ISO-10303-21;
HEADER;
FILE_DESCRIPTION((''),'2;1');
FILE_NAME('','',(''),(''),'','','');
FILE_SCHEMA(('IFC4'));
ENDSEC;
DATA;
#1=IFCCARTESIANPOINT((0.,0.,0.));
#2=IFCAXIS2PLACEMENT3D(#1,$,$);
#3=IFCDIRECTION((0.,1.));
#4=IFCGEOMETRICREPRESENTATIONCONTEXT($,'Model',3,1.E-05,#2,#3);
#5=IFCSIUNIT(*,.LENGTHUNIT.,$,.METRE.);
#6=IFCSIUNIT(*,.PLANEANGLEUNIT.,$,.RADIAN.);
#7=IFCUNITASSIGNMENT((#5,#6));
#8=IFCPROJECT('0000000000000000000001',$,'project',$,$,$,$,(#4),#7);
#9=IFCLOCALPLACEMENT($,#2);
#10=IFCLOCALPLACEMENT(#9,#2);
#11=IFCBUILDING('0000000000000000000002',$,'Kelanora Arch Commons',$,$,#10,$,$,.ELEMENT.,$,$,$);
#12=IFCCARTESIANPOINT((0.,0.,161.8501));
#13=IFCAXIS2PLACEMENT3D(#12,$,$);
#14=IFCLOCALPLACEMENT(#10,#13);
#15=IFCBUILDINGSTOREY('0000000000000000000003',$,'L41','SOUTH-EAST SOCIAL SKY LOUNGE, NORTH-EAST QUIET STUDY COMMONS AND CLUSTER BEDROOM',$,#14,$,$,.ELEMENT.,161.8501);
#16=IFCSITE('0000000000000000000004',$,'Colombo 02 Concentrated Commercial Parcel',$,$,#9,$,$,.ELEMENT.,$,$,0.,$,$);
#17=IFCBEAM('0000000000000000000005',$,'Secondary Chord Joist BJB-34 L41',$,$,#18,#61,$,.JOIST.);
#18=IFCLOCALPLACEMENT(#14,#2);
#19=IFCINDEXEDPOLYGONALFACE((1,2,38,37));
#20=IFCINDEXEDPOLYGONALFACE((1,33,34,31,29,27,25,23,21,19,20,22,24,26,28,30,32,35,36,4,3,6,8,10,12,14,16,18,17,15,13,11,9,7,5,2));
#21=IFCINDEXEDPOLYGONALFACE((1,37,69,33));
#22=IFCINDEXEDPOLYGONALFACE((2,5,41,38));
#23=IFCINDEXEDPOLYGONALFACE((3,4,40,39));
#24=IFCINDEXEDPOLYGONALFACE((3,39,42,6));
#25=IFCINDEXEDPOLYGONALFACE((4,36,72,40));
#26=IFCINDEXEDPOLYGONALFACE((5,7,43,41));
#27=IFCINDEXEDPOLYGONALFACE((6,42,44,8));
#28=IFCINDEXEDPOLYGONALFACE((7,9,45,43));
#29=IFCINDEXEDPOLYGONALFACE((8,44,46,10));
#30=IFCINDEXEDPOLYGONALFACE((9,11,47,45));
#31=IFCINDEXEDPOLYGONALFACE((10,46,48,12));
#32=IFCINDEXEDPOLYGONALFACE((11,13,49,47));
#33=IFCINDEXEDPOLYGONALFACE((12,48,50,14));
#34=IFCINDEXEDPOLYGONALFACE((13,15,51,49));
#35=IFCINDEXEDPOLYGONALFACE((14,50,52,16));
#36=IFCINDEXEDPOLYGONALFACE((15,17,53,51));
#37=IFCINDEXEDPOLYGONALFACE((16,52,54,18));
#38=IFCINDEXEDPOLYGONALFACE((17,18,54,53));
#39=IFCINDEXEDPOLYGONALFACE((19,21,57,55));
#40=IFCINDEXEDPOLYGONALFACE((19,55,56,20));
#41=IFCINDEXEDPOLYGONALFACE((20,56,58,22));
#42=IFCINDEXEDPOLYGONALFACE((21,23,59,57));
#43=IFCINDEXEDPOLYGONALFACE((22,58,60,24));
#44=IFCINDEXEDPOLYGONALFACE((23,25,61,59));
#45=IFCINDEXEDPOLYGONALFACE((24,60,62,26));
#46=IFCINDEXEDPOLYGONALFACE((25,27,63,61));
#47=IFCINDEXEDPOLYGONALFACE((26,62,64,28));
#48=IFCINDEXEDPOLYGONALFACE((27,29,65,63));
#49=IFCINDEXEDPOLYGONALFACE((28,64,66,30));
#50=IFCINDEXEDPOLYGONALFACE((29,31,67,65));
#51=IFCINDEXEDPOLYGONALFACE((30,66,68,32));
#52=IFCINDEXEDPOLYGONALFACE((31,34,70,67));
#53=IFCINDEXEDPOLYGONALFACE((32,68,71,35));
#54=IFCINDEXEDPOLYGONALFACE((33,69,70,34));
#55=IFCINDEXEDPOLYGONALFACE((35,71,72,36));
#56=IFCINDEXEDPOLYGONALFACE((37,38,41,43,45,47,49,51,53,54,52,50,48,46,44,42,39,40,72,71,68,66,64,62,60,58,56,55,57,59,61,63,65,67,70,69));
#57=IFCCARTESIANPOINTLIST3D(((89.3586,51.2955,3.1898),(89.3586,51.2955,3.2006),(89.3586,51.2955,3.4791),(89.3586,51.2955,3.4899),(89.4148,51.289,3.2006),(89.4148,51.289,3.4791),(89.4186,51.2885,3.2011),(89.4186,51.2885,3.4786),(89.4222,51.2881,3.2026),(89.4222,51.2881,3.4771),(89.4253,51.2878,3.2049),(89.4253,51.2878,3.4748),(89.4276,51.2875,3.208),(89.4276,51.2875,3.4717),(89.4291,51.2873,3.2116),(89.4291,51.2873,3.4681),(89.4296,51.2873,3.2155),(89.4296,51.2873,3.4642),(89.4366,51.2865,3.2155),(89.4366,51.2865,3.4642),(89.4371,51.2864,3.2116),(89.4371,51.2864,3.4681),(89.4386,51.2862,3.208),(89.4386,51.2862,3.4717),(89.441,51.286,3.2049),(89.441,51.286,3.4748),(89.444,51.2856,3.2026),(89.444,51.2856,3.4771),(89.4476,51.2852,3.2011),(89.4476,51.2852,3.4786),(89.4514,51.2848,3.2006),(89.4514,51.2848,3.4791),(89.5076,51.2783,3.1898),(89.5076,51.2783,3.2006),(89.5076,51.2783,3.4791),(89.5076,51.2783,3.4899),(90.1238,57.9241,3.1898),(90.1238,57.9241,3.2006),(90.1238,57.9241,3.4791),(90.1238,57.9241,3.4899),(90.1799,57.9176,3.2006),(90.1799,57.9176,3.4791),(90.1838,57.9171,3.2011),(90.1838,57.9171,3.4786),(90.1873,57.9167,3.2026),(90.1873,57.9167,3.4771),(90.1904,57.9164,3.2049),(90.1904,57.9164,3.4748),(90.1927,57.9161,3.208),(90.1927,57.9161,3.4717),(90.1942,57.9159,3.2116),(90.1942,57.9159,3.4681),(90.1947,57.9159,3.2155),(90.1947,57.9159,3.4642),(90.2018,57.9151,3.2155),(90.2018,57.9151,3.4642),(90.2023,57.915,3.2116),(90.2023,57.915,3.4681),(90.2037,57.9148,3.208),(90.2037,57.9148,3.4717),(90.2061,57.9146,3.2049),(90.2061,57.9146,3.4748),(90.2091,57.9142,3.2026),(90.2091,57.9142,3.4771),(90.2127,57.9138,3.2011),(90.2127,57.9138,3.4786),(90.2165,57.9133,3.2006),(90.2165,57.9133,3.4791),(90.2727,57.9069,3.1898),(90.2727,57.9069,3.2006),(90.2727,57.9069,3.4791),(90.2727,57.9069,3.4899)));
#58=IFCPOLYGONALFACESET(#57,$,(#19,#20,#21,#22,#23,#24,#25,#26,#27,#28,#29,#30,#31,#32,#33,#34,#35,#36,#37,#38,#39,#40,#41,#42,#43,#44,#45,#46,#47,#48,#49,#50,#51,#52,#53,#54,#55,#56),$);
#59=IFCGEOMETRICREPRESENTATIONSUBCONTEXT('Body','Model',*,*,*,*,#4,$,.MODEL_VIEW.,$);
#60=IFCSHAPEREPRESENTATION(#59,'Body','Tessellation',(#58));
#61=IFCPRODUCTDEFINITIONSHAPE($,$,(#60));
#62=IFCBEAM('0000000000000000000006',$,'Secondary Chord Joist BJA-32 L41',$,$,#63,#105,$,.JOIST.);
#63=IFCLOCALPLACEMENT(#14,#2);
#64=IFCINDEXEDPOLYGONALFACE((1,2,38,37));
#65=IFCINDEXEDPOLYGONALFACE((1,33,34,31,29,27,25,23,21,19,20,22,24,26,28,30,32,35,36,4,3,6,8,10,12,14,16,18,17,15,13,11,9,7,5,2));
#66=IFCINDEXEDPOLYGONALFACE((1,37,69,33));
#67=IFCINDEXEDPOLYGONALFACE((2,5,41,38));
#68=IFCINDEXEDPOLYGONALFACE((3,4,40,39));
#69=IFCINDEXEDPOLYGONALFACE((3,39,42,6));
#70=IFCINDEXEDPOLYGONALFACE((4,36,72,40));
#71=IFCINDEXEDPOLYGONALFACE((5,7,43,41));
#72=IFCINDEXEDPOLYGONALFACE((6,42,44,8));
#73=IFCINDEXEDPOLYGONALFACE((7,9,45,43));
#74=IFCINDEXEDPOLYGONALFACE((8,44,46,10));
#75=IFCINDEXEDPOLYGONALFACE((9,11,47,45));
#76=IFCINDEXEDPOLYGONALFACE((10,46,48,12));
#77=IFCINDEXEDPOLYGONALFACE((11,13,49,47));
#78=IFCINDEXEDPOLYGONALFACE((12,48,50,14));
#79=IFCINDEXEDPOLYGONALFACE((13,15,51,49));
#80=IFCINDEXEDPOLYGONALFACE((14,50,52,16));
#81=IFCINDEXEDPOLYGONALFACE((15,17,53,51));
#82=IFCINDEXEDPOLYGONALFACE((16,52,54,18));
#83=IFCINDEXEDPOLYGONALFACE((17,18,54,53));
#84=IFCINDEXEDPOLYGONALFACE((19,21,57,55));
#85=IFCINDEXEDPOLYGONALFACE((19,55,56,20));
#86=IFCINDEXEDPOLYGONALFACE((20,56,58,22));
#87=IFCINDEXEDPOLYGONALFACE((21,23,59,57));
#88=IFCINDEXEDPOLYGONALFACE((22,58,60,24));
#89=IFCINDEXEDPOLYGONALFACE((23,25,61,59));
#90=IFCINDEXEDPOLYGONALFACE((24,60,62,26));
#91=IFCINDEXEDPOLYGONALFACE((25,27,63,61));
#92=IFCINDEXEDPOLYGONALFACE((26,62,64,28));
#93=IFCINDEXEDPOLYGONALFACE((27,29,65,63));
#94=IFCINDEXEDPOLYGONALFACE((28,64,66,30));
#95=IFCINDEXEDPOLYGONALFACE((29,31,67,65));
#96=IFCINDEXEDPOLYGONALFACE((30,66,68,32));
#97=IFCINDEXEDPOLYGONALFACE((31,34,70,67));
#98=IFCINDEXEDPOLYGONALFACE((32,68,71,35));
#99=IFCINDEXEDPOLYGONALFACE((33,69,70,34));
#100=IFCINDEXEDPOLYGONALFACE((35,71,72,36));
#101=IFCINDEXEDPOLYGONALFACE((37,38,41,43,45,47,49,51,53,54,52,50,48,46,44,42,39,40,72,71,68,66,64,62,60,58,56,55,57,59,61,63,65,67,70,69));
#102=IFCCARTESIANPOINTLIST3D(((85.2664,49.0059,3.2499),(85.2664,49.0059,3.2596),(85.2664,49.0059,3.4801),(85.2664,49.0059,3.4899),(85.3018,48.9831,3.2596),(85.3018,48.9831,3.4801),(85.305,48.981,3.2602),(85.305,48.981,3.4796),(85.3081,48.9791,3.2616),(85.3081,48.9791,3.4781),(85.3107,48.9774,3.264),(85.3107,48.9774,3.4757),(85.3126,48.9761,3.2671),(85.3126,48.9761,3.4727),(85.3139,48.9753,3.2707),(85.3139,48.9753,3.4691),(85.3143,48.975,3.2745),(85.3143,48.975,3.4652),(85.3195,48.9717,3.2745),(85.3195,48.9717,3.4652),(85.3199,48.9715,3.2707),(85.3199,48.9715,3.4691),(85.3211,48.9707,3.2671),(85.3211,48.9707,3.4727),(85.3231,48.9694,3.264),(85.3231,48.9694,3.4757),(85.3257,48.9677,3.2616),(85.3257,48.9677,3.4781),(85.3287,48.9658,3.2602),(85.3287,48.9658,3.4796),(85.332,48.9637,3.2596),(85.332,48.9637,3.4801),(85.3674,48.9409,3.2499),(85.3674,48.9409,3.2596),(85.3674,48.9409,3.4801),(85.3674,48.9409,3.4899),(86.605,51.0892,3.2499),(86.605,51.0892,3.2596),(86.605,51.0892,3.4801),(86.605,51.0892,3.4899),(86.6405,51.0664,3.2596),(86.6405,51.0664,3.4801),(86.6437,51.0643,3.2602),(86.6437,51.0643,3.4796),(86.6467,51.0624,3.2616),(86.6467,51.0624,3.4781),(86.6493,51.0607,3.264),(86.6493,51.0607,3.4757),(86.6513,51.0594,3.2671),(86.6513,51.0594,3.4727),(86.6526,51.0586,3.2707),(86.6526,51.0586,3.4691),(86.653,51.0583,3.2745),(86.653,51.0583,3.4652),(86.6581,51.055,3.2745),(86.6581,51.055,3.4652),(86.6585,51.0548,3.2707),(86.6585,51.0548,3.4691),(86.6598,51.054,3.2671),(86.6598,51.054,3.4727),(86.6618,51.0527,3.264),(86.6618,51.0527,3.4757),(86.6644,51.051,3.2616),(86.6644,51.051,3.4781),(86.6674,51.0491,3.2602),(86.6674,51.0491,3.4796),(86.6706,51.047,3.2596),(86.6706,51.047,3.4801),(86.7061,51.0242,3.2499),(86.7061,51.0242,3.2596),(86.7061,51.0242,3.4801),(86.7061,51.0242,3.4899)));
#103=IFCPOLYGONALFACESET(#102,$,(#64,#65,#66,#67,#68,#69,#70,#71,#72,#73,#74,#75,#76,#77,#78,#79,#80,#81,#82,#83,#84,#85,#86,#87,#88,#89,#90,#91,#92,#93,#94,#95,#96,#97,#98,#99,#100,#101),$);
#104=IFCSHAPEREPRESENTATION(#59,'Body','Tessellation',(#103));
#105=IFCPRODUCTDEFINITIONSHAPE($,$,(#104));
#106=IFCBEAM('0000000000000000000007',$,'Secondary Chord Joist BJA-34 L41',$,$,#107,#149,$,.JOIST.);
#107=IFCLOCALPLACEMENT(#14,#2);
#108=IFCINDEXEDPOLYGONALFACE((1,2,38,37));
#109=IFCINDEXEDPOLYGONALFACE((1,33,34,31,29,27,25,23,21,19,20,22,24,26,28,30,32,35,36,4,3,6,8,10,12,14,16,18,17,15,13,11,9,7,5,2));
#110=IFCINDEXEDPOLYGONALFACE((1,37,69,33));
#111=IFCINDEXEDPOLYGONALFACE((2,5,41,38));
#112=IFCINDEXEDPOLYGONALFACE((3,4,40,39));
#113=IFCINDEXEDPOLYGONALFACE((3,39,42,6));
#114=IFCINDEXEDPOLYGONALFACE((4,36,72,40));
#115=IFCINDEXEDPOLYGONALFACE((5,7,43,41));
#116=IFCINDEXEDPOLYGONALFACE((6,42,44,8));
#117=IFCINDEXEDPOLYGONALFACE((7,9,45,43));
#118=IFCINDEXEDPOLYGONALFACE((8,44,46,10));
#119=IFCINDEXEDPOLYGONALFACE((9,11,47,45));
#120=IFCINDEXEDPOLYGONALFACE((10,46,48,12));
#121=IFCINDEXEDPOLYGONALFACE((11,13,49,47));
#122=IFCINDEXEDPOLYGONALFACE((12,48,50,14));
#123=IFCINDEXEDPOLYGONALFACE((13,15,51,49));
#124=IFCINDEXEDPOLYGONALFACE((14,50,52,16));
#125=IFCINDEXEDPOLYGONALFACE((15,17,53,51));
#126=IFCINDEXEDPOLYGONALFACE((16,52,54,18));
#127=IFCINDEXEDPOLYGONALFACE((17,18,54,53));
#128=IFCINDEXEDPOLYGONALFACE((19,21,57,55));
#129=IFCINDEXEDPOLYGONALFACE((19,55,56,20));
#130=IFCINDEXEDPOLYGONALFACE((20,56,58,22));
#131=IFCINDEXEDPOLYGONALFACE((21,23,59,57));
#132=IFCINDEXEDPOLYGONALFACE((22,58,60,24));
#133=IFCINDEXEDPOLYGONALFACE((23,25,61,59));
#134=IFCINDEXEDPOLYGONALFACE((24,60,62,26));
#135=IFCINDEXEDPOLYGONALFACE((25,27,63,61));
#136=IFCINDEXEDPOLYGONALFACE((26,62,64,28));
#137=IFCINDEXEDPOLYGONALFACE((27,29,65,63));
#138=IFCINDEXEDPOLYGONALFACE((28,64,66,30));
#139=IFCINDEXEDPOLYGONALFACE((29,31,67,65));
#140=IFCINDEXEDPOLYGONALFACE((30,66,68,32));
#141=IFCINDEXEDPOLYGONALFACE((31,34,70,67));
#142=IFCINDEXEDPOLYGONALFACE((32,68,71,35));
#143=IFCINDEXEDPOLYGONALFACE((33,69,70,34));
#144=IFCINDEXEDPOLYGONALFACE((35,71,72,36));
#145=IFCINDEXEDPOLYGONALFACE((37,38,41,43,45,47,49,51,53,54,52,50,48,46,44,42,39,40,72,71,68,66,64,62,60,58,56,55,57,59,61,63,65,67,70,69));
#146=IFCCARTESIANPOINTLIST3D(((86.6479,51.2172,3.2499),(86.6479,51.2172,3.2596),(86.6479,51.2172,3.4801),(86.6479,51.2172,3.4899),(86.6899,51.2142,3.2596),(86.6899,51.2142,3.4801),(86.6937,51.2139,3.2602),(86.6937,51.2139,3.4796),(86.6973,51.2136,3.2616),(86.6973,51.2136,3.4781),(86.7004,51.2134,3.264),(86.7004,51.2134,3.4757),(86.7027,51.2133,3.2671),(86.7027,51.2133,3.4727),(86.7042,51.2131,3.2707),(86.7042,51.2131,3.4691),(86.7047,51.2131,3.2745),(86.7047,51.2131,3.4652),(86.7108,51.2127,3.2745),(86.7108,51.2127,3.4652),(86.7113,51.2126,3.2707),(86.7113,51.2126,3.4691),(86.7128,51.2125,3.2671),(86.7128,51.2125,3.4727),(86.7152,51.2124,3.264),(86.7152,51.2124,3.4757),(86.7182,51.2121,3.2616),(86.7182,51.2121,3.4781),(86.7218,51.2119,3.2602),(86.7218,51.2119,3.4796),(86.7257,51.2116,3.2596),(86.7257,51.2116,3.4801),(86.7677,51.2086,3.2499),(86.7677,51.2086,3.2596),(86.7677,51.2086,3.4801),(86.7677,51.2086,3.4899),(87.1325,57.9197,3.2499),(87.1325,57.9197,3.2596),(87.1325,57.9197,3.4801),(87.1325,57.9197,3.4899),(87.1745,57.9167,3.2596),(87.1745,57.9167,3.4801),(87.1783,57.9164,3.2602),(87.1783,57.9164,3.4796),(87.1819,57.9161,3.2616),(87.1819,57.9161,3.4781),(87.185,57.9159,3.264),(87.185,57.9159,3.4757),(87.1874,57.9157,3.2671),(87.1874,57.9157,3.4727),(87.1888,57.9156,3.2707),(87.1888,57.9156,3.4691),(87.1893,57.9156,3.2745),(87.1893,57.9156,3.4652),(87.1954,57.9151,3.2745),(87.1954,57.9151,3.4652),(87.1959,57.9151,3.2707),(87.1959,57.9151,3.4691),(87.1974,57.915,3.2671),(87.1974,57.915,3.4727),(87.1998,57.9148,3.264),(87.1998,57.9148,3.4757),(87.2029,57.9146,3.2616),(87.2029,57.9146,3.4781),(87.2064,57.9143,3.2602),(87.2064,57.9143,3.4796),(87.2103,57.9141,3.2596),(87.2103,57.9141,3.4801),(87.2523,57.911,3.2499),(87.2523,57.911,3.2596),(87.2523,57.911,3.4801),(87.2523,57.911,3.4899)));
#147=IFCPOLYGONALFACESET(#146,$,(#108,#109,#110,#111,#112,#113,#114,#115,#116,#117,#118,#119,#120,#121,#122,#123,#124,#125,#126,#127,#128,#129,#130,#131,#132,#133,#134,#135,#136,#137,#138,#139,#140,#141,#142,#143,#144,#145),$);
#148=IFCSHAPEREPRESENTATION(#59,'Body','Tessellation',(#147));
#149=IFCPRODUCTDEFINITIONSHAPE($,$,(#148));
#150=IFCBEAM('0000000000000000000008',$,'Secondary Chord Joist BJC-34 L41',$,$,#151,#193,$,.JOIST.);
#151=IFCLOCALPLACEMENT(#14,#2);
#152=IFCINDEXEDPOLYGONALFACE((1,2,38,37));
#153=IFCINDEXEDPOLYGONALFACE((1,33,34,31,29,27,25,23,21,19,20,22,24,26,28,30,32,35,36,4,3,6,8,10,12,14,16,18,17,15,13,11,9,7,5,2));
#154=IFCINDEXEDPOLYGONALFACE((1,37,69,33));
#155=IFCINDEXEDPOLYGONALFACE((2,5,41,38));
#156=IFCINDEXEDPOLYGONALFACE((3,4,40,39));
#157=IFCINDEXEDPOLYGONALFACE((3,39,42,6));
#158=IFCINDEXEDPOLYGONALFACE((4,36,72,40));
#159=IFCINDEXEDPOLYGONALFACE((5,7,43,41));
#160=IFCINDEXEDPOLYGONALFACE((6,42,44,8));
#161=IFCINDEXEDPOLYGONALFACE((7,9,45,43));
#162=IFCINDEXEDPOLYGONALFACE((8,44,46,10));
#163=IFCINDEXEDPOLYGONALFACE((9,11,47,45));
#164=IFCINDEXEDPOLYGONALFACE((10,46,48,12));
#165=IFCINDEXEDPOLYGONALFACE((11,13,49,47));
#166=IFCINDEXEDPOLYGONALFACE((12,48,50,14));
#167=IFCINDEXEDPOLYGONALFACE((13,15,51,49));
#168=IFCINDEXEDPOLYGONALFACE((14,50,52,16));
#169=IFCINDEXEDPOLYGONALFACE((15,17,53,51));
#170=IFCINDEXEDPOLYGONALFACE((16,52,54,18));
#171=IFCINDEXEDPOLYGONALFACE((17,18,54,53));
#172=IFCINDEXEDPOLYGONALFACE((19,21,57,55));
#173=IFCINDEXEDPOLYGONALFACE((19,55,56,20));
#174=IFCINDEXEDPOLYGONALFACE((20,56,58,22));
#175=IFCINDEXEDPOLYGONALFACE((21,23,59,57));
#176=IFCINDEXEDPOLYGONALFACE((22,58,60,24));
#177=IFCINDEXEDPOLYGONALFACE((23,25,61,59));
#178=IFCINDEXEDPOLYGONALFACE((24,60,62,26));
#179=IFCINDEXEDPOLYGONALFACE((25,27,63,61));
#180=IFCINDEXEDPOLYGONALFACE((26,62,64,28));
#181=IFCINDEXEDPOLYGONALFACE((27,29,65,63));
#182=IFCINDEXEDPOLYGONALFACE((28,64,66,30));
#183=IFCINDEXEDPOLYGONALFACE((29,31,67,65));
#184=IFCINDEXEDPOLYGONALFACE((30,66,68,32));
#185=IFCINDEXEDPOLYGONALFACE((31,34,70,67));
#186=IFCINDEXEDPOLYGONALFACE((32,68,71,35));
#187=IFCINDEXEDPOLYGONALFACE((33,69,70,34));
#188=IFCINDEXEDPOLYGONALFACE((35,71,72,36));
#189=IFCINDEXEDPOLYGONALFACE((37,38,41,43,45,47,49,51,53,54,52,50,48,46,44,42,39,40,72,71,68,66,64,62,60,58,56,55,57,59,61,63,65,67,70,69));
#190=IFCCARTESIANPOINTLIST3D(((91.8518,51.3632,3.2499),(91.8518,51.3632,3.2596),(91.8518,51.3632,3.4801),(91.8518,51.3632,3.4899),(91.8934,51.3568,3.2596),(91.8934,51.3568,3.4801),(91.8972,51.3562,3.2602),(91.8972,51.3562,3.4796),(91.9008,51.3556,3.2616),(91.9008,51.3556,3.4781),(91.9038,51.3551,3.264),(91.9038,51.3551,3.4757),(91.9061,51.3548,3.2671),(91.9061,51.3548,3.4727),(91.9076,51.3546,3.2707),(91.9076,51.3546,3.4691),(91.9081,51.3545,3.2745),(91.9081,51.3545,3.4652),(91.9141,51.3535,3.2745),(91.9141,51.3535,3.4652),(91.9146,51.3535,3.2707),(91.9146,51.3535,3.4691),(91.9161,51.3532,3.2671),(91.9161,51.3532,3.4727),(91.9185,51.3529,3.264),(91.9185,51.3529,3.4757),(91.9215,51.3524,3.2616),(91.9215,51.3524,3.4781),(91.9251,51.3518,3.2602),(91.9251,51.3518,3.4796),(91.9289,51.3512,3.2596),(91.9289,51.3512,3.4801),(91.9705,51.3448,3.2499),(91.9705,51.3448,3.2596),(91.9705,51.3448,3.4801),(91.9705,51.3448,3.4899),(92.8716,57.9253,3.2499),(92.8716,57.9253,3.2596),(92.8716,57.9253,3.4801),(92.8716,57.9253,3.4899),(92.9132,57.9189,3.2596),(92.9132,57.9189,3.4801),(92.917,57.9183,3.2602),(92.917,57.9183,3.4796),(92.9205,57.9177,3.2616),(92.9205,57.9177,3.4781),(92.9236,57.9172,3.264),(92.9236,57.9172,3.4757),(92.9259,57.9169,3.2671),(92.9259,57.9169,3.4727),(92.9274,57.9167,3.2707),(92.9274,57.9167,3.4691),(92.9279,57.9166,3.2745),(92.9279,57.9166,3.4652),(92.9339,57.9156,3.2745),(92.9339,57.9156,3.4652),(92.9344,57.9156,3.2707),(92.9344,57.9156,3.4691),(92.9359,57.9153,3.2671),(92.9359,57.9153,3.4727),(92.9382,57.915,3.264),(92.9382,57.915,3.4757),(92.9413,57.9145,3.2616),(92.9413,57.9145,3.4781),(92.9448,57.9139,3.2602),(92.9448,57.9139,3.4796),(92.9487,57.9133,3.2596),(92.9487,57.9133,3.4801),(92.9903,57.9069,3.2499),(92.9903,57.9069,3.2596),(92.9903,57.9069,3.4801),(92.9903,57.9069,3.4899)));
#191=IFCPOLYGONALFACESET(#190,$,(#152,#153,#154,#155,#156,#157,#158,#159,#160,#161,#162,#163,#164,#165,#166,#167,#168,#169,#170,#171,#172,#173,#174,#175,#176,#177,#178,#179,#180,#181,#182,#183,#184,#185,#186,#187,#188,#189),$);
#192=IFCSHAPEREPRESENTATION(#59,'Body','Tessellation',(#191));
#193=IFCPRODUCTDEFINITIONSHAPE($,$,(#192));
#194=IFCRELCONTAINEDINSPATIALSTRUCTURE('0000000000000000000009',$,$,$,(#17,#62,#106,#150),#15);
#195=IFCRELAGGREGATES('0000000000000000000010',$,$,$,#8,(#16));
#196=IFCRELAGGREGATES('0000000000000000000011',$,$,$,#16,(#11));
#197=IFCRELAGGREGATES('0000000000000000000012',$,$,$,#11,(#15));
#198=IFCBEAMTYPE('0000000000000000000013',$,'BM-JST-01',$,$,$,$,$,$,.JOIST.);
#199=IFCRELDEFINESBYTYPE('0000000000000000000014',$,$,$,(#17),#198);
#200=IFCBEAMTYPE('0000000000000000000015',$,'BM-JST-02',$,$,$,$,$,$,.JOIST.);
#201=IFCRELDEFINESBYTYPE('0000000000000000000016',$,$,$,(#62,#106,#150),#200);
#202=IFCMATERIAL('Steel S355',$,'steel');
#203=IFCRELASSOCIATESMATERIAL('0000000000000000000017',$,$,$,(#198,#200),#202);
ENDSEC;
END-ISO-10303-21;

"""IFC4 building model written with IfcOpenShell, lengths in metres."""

from ifc_helpers import new_model, si_unit, direction, frame, origin, origin_2d, place, context, subcontext, project, spatial, i_section, extrude, material, material_profile, profile_set, type_object, element, save


model = new_model("IFC4")

# Units and contexts
model_context = context("Model", 3, precision=1e-05, world=origin(), true_north=direction((0.0, 1.0)))
body_context = subcontext(model_context, "Body", "Model", "MODEL_VIEW")
ifc_project = project(units=[si_unit("LENGTHUNIT", "METRE"), si_unit("PLANEANGLEUNIT", "RADIAN")], contexts=[model_context])

# Site, building, storey
site_placement = place(None, origin())
site = spatial("IfcSite", under=ifc_project, at=site_placement, Name="Colombo 02 Concentrated Commercial Parcel", CompositionType="ELEMENT", RefElevation=0.0)
building_placement = place(site_placement, origin())
building = spatial("IfcBuilding", under=site, at=building_placement, Name="Kelanora Arch Commons", CompositionType="ELEMENT")
storey_placement = place(building_placement, frame((0.0, 0.0, 161.8501)))
storey = spatial("IfcBuildingStorey", under=building, at=storey_placement, Name="L41", Description="SOUTH-EAST SOCIAL SKY LOUNGE, NORTH-EAST QUIET STUDY COMMONS AND CLUSTER BEDROOM", CompositionType="ELEMENT", Elevation=161.8501)

# Beams
ifc_material_1 = material(Name="Steel S355", Category="steel")
ifc_material_profile_1 = material_profile(ifc_material_1, i_section(OverallWidth=0.1499, OverallDepth=0.3, WebThickness=0.0071, FlangeThickness=0.0107, FilletRadius=0.0149, at=origin_2d()), Name="IPE300")
ifc_profile_set_1 = profile_set([ifc_material_profile_1], Name="Steel S355")
beam_type_1 = type_object("IfcBeamType", Name="BM-JST-01", PredefinedType="JOIST", material=ifc_profile_set_1)
beam_1_placement = place(storey_placement, frame((89.4331, 51.2869, 3.3398), z_axis=(0.114667, 0.993404, 0.0), x_axis=(-0.993404, 0.114667, 0.0)))
element("IfcBeam", 1, at=beam_1_placement, inside=storey, type_object=beam_type_1, Name="Secondary Chord Joist BJB-34 L41", PredefinedType="JOIST", context=body_context, shape_type="SweptSolid", body=[
    extrude(i_section(OverallWidth=0.1499, OverallDepth=0.3, WebThickness=0.0071, FlangeThickness=0.0107, FilletRadius=0.0149, at=origin_2d()), origin(), (0.0, 0.0, 1.0), 6.6726),
])
ifc_material_profile_2 = material_profile(ifc_material_1, i_section(OverallWidth=0.1201, OverallDepth=0.24, WebThickness=0.0061, FlangeThickness=0.0098, FilletRadius=0.0149, at=origin_2d()), Name="IPE240")
ifc_profile_set_2 = profile_set([ifc_material_profile_2], Name="Steel S355")
beam_type_2 = type_object("IfcBeamType", Name="BM-JST-02", PredefinedType="JOIST", material=ifc_profile_set_2)
beam_2_placement = place(storey_placement, frame((85.3169, 48.9734, 3.3699), z_axis=(0.540583, 0.841291, 0.0), x_axis=(-0.841291, 0.540583, 0.0)))
element("IfcBeam", 2, at=beam_2_placement, inside=storey, type_object=beam_type_2, Name="Secondary Chord Joist BJA-32 L41", PredefinedType="JOIST", context=body_context, shape_type="SweptSolid", body=[
    extrude(i_section(OverallWidth=0.1201, OverallDepth=0.24, WebThickness=0.0061, FlangeThickness=0.0098, FilletRadius=0.0149, at=origin_2d()), origin(), (0.0, 0.0, 1.0), 2.4763),
])
beam_3_placement = place(storey_placement, frame((86.7078, 51.2129, 3.3699), z_axis=(0.072117, 0.997396, 0.0), x_axis=(-0.997396, 0.072117, 0.0)))
element("IfcBeam", 3, at=beam_3_placement, inside=storey, type_object=beam_type_2, Name="Secondary Chord Joist BJA-34 L41", PredefinedType="JOIST", context=body_context, shape_type="SweptSolid", body=[
    extrude(i_section(OverallWidth=0.1201, OverallDepth=0.24, WebThickness=0.0061, FlangeThickness=0.0098, FilletRadius=0.0149, at=origin_2d()), origin(), (0.0, 0.0, 1.0), 6.72),
])
beam_4_placement = place(storey_placement, frame((91.9111, 51.354, 3.3699), z_axis=(0.153563, 0.988139, 0.0), x_axis=(-0.988139, 0.153563, 0.0)))
element("IfcBeam", 4, at=beam_4_placement, inside=storey, type_object=beam_type_2, Name="Secondary Chord Joist BJC-34 L41", PredefinedType="JOIST", context=body_context, shape_type="SweptSolid", body=[
    extrude(i_section(OverallWidth=0.1201, OverallDepth=0.24, WebThickness=0.0061, FlangeThickness=0.0098, FilletRadius=0.0149, at=origin_2d()), origin(), (0.0, 0.0, 1.0), 6.6409),
])

save(model, "model.ifc")
